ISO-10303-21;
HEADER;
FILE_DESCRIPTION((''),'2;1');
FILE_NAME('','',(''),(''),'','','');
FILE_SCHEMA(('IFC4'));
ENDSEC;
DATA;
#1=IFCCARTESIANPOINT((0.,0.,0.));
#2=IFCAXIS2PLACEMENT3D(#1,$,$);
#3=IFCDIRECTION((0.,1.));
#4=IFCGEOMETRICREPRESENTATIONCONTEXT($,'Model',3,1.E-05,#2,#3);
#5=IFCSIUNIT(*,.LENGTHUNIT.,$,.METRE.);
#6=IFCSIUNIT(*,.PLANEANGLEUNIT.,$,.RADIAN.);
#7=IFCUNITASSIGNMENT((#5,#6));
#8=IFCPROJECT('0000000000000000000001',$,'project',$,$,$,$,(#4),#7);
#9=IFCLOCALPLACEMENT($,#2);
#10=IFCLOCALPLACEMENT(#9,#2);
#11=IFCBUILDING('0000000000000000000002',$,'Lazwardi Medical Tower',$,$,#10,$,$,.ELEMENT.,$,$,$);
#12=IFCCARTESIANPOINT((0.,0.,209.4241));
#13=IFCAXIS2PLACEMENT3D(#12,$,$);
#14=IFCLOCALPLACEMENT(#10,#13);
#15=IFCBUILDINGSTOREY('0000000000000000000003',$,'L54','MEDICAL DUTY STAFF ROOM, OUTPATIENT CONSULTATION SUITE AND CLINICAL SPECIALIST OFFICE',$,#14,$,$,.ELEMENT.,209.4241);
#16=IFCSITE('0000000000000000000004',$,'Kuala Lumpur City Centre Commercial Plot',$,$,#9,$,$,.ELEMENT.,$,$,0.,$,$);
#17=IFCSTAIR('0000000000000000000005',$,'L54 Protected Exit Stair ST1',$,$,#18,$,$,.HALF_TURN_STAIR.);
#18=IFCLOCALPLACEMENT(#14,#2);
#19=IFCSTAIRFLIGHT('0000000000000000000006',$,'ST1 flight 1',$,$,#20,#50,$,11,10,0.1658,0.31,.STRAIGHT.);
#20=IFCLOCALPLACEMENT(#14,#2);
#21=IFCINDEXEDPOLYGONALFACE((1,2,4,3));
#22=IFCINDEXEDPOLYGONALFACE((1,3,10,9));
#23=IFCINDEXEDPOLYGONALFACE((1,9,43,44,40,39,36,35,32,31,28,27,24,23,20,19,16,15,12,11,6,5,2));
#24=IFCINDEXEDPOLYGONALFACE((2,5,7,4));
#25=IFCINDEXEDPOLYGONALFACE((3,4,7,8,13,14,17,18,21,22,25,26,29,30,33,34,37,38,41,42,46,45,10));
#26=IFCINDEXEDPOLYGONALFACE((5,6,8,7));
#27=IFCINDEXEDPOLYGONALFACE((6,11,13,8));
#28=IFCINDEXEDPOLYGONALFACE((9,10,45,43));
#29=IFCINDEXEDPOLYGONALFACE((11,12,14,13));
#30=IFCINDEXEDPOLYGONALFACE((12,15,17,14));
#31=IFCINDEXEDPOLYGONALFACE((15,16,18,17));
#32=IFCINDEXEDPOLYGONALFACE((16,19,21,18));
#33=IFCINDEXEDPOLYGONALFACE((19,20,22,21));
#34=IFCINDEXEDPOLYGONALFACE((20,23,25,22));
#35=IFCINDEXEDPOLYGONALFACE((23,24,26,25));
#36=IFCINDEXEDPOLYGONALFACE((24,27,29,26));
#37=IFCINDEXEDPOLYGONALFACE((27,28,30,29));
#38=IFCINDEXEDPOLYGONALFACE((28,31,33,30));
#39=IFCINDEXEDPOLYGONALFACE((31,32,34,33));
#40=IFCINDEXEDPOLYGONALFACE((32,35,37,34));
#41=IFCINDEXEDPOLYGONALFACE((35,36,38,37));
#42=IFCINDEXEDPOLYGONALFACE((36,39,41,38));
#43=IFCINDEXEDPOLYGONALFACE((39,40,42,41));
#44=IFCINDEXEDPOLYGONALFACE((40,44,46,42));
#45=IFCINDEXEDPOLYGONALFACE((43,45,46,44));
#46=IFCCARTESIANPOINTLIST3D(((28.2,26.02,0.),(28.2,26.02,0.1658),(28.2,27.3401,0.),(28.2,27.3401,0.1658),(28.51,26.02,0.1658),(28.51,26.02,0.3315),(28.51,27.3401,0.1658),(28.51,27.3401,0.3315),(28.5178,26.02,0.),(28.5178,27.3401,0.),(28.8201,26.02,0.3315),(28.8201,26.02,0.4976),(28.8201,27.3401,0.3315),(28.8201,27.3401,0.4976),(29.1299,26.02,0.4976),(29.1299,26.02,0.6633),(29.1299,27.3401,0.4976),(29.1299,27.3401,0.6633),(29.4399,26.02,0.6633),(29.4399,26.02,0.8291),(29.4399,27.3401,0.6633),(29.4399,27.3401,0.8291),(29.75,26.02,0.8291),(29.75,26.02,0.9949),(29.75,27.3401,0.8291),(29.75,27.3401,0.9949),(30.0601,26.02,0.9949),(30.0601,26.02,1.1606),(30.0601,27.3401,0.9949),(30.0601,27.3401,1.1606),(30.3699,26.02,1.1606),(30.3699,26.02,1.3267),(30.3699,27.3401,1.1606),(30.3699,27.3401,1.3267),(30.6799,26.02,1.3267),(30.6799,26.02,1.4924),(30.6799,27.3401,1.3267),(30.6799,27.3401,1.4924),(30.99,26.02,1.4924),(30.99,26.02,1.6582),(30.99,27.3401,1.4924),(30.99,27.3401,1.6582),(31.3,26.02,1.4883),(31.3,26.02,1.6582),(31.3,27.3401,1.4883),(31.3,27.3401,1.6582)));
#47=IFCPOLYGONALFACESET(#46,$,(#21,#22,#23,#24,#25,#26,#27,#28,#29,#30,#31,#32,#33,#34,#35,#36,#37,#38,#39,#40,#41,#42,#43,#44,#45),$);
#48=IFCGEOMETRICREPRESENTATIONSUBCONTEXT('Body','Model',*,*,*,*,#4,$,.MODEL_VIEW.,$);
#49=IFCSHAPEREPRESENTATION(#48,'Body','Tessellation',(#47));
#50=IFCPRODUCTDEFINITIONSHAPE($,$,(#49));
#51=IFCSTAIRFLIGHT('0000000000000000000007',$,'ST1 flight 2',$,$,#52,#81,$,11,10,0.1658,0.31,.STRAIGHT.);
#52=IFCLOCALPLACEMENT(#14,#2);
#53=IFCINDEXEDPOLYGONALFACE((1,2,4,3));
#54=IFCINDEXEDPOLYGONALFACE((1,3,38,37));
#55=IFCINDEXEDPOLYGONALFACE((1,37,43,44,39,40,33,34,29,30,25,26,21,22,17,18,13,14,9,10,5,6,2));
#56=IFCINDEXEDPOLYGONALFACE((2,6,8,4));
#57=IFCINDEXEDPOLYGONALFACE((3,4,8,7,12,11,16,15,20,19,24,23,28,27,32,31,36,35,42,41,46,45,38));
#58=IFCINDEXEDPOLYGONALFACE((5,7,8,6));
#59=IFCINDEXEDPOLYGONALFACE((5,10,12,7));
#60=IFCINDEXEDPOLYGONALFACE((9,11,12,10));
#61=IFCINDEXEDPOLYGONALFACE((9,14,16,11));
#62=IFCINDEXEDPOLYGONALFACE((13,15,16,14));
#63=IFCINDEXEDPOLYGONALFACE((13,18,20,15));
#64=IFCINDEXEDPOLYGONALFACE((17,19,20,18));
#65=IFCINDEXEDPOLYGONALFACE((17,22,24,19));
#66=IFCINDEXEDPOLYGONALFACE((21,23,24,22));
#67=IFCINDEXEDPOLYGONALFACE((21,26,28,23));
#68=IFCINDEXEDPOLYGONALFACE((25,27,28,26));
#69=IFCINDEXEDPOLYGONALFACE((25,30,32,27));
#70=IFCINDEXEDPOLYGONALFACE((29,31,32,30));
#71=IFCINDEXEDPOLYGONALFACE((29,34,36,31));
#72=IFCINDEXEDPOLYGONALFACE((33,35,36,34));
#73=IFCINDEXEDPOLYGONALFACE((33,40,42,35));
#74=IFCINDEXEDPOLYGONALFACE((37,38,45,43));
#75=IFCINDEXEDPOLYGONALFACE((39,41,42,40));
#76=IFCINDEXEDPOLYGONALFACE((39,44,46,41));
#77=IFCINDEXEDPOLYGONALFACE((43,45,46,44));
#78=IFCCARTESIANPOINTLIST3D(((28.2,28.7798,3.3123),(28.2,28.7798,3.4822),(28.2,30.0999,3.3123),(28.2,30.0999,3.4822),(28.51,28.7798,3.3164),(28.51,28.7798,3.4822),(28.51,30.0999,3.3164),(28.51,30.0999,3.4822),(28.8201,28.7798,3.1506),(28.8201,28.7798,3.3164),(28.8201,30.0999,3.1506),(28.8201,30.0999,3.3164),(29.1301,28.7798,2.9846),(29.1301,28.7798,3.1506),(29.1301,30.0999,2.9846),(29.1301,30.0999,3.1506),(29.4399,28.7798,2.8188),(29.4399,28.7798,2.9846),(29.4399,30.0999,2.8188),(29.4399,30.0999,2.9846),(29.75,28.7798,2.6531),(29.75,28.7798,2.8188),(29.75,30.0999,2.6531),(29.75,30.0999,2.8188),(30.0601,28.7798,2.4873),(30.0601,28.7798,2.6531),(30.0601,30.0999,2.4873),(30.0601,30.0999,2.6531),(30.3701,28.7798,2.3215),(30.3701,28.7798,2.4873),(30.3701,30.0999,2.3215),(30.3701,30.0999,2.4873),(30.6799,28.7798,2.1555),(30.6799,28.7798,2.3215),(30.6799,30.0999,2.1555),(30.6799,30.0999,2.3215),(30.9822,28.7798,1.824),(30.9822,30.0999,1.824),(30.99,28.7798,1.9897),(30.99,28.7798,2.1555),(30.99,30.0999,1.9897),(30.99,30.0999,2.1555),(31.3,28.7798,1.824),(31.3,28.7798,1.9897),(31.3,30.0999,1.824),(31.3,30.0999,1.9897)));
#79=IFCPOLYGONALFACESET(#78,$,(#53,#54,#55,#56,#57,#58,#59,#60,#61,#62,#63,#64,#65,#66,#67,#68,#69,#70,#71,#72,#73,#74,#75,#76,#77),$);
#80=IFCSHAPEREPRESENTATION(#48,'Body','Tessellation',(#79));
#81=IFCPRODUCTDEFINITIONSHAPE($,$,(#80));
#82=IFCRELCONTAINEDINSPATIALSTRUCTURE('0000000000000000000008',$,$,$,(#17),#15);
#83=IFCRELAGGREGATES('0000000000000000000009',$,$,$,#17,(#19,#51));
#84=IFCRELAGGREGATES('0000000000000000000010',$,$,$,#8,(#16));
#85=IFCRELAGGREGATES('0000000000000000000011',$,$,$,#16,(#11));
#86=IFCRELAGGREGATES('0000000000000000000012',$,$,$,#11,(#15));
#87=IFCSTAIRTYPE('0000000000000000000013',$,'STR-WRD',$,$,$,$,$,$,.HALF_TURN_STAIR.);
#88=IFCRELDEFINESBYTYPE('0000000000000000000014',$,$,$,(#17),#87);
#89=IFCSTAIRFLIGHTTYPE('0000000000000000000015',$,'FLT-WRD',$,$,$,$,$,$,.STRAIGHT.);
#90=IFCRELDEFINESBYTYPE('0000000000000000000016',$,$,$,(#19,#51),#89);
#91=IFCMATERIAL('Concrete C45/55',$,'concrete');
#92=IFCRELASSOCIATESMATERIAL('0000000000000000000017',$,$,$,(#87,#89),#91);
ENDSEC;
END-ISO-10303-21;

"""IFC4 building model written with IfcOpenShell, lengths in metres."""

from ifc_helpers import new_model, si_unit, direction, frame, origin, place, context, subcontext, project, spatial, polyline, outline, extrude, material, type_object, element, aggregate, save


model = new_model("IFC4")

# Units and contexts
model_context = context("Model", 3, precision=1e-05, world=origin(), true_north=direction((0.0, 1.0)))
body_context = subcontext(model_context, "Body", "Model", "MODEL_VIEW")
ifc_project = project(units=[si_unit("LENGTHUNIT", "METRE"), si_unit("PLANEANGLEUNIT", "RADIAN")], contexts=[model_context])

# Site, building, storey
site_placement = place(None, origin())
site = spatial("IfcSite", under=ifc_project, at=site_placement, Name="Kuala Lumpur City Centre Commercial Plot", CompositionType="ELEMENT", RefElevation=0.0)
building_placement = place(site_placement, origin())
building = spatial("IfcBuilding", under=site, at=building_placement, Name="Lazwardi Medical Tower", CompositionType="ELEMENT")
storey_placement = place(building_placement, frame((0.0, 0.0, 209.4241)))
storey = spatial("IfcBuildingStorey", under=building, at=storey_placement, Name="L54", Description="MEDICAL DUTY STAFF ROOM, OUTPATIENT CONSULTATION SUITE AND CLINICAL SPECIALIST OFFICE", CompositionType="ELEMENT", Elevation=209.4241)

# Stair, stair flights
ifc_material_1 = material(Name="Concrete C45/55", Category="concrete")
stair_type = type_object("IfcStairType", Name="STR-WRD", PredefinedType="HALF_TURN_STAIR", material=ifc_material_1)
stair_placement = place(storey_placement, origin())
stair = element("IfcStair", 1, at=stair_placement, inside=storey, type_object=stair_type, Name="L54 Protected Exit Stair ST1", PredefinedType="HALF_TURN_STAIR")
stair_flight_type = type_object("IfcStairFlightType", Name="FLT-WRD", PredefinedType="STRAIGHT", material=ifc_material_1)
stair_flight_1_placement = place(storey_placement, frame((28.2, 26.6799, 0.0), z_axis=(0.0, 0.0, 1.0), x_axis=(1.0, 0.0, 0.0)))
stair_flight_1 = element("IfcStairFlight", 2, at=stair_flight_1_placement, type_object=stair_flight_type, Name="ST1 flight 1", NumberOfRisers=11, NumberOfTreads=10, PredefinedType="STRAIGHT", RiserHeight=0.1658, TreadLength=0.31, context=body_context, shape_type="SweptSolid", body=[
    extrude(outline(polyline([(0.0, 0.0), (0.0, 0.1658), (0.3101, 0.1658), (0.3101, 0.3315), (0.6201, 0.3315), (0.6201, 0.4976), (0.9299, 0.4976), (0.9299, 0.6633), (1.24, 0.6633), (1.24, 0.8291), (1.55, 0.8291), (1.55, 0.9949), (1.8601, 0.9949), (1.8601, 1.1606), (2.1699, 1.1606), (2.1699, 1.3267), (2.48, 1.3267), (2.48, 1.4924), (2.79, 1.4924), (2.79, 1.6582), (3.1001, 1.6582), (3.1001, 1.824), (3.1001, 1.4883), (0.3179, 0.0), (0.0, 0.0)])), frame((0.0, 0.6602, 0.0), z_axis=(0.0, -1.0, 0.0), x_axis=(1.0, 0.0, 0.0)), (0.0, 0.0, 1.0), 1.3201),
])
stair_flight_2_placement = place(storey_placement, frame((31.3, 29.4399, 1.824), z_axis=(0.0, 0.0, 1.0), x_axis=(-1.0, 0.0, 0.0)))
stair_flight_2 = element("IfcStairFlight", 3, at=stair_flight_2_placement, type_object=stair_flight_type, Name="ST1 flight 2", NumberOfRisers=11, NumberOfTreads=10, PredefinedType="STRAIGHT", RiserHeight=0.1658, TreadLength=0.31, context=body_context, shape_type="SweptSolid", body=[
    extrude(outline(polyline([(0.0, 0.0), (0.0, 0.1658), (0.3101, 0.1658), (0.3101, 0.3315), (0.6201, 0.3315), (0.6201, 0.4976), (0.9299, 0.4976), (0.9299, 0.6633), (1.24, 0.6633), (1.24, 0.8291), (1.55, 0.8291), (1.55, 0.9949), (1.8601, 0.9949), (1.8601, 1.1606), (2.1699, 1.1606), (2.1699, 1.3267), (2.48, 1.3267), (2.48, 1.4924), (2.79, 1.4924), (2.79, 1.6582), (3.1001, 1.6582), (3.1001, 1.824), (3.1001, 1.4883), (0.3179, 0.0), (0.0, 0.0)])), frame((0.0, 0.6602, 0.0), z_axis=(0.0, -1.0, 0.0), x_axis=(1.0, 0.0, 0.0)), (0.0, 0.0, 1.0), 1.3201),
])
aggregate(stair, [stair_flight_1, stair_flight_2])

save(model, "model.ifc")
